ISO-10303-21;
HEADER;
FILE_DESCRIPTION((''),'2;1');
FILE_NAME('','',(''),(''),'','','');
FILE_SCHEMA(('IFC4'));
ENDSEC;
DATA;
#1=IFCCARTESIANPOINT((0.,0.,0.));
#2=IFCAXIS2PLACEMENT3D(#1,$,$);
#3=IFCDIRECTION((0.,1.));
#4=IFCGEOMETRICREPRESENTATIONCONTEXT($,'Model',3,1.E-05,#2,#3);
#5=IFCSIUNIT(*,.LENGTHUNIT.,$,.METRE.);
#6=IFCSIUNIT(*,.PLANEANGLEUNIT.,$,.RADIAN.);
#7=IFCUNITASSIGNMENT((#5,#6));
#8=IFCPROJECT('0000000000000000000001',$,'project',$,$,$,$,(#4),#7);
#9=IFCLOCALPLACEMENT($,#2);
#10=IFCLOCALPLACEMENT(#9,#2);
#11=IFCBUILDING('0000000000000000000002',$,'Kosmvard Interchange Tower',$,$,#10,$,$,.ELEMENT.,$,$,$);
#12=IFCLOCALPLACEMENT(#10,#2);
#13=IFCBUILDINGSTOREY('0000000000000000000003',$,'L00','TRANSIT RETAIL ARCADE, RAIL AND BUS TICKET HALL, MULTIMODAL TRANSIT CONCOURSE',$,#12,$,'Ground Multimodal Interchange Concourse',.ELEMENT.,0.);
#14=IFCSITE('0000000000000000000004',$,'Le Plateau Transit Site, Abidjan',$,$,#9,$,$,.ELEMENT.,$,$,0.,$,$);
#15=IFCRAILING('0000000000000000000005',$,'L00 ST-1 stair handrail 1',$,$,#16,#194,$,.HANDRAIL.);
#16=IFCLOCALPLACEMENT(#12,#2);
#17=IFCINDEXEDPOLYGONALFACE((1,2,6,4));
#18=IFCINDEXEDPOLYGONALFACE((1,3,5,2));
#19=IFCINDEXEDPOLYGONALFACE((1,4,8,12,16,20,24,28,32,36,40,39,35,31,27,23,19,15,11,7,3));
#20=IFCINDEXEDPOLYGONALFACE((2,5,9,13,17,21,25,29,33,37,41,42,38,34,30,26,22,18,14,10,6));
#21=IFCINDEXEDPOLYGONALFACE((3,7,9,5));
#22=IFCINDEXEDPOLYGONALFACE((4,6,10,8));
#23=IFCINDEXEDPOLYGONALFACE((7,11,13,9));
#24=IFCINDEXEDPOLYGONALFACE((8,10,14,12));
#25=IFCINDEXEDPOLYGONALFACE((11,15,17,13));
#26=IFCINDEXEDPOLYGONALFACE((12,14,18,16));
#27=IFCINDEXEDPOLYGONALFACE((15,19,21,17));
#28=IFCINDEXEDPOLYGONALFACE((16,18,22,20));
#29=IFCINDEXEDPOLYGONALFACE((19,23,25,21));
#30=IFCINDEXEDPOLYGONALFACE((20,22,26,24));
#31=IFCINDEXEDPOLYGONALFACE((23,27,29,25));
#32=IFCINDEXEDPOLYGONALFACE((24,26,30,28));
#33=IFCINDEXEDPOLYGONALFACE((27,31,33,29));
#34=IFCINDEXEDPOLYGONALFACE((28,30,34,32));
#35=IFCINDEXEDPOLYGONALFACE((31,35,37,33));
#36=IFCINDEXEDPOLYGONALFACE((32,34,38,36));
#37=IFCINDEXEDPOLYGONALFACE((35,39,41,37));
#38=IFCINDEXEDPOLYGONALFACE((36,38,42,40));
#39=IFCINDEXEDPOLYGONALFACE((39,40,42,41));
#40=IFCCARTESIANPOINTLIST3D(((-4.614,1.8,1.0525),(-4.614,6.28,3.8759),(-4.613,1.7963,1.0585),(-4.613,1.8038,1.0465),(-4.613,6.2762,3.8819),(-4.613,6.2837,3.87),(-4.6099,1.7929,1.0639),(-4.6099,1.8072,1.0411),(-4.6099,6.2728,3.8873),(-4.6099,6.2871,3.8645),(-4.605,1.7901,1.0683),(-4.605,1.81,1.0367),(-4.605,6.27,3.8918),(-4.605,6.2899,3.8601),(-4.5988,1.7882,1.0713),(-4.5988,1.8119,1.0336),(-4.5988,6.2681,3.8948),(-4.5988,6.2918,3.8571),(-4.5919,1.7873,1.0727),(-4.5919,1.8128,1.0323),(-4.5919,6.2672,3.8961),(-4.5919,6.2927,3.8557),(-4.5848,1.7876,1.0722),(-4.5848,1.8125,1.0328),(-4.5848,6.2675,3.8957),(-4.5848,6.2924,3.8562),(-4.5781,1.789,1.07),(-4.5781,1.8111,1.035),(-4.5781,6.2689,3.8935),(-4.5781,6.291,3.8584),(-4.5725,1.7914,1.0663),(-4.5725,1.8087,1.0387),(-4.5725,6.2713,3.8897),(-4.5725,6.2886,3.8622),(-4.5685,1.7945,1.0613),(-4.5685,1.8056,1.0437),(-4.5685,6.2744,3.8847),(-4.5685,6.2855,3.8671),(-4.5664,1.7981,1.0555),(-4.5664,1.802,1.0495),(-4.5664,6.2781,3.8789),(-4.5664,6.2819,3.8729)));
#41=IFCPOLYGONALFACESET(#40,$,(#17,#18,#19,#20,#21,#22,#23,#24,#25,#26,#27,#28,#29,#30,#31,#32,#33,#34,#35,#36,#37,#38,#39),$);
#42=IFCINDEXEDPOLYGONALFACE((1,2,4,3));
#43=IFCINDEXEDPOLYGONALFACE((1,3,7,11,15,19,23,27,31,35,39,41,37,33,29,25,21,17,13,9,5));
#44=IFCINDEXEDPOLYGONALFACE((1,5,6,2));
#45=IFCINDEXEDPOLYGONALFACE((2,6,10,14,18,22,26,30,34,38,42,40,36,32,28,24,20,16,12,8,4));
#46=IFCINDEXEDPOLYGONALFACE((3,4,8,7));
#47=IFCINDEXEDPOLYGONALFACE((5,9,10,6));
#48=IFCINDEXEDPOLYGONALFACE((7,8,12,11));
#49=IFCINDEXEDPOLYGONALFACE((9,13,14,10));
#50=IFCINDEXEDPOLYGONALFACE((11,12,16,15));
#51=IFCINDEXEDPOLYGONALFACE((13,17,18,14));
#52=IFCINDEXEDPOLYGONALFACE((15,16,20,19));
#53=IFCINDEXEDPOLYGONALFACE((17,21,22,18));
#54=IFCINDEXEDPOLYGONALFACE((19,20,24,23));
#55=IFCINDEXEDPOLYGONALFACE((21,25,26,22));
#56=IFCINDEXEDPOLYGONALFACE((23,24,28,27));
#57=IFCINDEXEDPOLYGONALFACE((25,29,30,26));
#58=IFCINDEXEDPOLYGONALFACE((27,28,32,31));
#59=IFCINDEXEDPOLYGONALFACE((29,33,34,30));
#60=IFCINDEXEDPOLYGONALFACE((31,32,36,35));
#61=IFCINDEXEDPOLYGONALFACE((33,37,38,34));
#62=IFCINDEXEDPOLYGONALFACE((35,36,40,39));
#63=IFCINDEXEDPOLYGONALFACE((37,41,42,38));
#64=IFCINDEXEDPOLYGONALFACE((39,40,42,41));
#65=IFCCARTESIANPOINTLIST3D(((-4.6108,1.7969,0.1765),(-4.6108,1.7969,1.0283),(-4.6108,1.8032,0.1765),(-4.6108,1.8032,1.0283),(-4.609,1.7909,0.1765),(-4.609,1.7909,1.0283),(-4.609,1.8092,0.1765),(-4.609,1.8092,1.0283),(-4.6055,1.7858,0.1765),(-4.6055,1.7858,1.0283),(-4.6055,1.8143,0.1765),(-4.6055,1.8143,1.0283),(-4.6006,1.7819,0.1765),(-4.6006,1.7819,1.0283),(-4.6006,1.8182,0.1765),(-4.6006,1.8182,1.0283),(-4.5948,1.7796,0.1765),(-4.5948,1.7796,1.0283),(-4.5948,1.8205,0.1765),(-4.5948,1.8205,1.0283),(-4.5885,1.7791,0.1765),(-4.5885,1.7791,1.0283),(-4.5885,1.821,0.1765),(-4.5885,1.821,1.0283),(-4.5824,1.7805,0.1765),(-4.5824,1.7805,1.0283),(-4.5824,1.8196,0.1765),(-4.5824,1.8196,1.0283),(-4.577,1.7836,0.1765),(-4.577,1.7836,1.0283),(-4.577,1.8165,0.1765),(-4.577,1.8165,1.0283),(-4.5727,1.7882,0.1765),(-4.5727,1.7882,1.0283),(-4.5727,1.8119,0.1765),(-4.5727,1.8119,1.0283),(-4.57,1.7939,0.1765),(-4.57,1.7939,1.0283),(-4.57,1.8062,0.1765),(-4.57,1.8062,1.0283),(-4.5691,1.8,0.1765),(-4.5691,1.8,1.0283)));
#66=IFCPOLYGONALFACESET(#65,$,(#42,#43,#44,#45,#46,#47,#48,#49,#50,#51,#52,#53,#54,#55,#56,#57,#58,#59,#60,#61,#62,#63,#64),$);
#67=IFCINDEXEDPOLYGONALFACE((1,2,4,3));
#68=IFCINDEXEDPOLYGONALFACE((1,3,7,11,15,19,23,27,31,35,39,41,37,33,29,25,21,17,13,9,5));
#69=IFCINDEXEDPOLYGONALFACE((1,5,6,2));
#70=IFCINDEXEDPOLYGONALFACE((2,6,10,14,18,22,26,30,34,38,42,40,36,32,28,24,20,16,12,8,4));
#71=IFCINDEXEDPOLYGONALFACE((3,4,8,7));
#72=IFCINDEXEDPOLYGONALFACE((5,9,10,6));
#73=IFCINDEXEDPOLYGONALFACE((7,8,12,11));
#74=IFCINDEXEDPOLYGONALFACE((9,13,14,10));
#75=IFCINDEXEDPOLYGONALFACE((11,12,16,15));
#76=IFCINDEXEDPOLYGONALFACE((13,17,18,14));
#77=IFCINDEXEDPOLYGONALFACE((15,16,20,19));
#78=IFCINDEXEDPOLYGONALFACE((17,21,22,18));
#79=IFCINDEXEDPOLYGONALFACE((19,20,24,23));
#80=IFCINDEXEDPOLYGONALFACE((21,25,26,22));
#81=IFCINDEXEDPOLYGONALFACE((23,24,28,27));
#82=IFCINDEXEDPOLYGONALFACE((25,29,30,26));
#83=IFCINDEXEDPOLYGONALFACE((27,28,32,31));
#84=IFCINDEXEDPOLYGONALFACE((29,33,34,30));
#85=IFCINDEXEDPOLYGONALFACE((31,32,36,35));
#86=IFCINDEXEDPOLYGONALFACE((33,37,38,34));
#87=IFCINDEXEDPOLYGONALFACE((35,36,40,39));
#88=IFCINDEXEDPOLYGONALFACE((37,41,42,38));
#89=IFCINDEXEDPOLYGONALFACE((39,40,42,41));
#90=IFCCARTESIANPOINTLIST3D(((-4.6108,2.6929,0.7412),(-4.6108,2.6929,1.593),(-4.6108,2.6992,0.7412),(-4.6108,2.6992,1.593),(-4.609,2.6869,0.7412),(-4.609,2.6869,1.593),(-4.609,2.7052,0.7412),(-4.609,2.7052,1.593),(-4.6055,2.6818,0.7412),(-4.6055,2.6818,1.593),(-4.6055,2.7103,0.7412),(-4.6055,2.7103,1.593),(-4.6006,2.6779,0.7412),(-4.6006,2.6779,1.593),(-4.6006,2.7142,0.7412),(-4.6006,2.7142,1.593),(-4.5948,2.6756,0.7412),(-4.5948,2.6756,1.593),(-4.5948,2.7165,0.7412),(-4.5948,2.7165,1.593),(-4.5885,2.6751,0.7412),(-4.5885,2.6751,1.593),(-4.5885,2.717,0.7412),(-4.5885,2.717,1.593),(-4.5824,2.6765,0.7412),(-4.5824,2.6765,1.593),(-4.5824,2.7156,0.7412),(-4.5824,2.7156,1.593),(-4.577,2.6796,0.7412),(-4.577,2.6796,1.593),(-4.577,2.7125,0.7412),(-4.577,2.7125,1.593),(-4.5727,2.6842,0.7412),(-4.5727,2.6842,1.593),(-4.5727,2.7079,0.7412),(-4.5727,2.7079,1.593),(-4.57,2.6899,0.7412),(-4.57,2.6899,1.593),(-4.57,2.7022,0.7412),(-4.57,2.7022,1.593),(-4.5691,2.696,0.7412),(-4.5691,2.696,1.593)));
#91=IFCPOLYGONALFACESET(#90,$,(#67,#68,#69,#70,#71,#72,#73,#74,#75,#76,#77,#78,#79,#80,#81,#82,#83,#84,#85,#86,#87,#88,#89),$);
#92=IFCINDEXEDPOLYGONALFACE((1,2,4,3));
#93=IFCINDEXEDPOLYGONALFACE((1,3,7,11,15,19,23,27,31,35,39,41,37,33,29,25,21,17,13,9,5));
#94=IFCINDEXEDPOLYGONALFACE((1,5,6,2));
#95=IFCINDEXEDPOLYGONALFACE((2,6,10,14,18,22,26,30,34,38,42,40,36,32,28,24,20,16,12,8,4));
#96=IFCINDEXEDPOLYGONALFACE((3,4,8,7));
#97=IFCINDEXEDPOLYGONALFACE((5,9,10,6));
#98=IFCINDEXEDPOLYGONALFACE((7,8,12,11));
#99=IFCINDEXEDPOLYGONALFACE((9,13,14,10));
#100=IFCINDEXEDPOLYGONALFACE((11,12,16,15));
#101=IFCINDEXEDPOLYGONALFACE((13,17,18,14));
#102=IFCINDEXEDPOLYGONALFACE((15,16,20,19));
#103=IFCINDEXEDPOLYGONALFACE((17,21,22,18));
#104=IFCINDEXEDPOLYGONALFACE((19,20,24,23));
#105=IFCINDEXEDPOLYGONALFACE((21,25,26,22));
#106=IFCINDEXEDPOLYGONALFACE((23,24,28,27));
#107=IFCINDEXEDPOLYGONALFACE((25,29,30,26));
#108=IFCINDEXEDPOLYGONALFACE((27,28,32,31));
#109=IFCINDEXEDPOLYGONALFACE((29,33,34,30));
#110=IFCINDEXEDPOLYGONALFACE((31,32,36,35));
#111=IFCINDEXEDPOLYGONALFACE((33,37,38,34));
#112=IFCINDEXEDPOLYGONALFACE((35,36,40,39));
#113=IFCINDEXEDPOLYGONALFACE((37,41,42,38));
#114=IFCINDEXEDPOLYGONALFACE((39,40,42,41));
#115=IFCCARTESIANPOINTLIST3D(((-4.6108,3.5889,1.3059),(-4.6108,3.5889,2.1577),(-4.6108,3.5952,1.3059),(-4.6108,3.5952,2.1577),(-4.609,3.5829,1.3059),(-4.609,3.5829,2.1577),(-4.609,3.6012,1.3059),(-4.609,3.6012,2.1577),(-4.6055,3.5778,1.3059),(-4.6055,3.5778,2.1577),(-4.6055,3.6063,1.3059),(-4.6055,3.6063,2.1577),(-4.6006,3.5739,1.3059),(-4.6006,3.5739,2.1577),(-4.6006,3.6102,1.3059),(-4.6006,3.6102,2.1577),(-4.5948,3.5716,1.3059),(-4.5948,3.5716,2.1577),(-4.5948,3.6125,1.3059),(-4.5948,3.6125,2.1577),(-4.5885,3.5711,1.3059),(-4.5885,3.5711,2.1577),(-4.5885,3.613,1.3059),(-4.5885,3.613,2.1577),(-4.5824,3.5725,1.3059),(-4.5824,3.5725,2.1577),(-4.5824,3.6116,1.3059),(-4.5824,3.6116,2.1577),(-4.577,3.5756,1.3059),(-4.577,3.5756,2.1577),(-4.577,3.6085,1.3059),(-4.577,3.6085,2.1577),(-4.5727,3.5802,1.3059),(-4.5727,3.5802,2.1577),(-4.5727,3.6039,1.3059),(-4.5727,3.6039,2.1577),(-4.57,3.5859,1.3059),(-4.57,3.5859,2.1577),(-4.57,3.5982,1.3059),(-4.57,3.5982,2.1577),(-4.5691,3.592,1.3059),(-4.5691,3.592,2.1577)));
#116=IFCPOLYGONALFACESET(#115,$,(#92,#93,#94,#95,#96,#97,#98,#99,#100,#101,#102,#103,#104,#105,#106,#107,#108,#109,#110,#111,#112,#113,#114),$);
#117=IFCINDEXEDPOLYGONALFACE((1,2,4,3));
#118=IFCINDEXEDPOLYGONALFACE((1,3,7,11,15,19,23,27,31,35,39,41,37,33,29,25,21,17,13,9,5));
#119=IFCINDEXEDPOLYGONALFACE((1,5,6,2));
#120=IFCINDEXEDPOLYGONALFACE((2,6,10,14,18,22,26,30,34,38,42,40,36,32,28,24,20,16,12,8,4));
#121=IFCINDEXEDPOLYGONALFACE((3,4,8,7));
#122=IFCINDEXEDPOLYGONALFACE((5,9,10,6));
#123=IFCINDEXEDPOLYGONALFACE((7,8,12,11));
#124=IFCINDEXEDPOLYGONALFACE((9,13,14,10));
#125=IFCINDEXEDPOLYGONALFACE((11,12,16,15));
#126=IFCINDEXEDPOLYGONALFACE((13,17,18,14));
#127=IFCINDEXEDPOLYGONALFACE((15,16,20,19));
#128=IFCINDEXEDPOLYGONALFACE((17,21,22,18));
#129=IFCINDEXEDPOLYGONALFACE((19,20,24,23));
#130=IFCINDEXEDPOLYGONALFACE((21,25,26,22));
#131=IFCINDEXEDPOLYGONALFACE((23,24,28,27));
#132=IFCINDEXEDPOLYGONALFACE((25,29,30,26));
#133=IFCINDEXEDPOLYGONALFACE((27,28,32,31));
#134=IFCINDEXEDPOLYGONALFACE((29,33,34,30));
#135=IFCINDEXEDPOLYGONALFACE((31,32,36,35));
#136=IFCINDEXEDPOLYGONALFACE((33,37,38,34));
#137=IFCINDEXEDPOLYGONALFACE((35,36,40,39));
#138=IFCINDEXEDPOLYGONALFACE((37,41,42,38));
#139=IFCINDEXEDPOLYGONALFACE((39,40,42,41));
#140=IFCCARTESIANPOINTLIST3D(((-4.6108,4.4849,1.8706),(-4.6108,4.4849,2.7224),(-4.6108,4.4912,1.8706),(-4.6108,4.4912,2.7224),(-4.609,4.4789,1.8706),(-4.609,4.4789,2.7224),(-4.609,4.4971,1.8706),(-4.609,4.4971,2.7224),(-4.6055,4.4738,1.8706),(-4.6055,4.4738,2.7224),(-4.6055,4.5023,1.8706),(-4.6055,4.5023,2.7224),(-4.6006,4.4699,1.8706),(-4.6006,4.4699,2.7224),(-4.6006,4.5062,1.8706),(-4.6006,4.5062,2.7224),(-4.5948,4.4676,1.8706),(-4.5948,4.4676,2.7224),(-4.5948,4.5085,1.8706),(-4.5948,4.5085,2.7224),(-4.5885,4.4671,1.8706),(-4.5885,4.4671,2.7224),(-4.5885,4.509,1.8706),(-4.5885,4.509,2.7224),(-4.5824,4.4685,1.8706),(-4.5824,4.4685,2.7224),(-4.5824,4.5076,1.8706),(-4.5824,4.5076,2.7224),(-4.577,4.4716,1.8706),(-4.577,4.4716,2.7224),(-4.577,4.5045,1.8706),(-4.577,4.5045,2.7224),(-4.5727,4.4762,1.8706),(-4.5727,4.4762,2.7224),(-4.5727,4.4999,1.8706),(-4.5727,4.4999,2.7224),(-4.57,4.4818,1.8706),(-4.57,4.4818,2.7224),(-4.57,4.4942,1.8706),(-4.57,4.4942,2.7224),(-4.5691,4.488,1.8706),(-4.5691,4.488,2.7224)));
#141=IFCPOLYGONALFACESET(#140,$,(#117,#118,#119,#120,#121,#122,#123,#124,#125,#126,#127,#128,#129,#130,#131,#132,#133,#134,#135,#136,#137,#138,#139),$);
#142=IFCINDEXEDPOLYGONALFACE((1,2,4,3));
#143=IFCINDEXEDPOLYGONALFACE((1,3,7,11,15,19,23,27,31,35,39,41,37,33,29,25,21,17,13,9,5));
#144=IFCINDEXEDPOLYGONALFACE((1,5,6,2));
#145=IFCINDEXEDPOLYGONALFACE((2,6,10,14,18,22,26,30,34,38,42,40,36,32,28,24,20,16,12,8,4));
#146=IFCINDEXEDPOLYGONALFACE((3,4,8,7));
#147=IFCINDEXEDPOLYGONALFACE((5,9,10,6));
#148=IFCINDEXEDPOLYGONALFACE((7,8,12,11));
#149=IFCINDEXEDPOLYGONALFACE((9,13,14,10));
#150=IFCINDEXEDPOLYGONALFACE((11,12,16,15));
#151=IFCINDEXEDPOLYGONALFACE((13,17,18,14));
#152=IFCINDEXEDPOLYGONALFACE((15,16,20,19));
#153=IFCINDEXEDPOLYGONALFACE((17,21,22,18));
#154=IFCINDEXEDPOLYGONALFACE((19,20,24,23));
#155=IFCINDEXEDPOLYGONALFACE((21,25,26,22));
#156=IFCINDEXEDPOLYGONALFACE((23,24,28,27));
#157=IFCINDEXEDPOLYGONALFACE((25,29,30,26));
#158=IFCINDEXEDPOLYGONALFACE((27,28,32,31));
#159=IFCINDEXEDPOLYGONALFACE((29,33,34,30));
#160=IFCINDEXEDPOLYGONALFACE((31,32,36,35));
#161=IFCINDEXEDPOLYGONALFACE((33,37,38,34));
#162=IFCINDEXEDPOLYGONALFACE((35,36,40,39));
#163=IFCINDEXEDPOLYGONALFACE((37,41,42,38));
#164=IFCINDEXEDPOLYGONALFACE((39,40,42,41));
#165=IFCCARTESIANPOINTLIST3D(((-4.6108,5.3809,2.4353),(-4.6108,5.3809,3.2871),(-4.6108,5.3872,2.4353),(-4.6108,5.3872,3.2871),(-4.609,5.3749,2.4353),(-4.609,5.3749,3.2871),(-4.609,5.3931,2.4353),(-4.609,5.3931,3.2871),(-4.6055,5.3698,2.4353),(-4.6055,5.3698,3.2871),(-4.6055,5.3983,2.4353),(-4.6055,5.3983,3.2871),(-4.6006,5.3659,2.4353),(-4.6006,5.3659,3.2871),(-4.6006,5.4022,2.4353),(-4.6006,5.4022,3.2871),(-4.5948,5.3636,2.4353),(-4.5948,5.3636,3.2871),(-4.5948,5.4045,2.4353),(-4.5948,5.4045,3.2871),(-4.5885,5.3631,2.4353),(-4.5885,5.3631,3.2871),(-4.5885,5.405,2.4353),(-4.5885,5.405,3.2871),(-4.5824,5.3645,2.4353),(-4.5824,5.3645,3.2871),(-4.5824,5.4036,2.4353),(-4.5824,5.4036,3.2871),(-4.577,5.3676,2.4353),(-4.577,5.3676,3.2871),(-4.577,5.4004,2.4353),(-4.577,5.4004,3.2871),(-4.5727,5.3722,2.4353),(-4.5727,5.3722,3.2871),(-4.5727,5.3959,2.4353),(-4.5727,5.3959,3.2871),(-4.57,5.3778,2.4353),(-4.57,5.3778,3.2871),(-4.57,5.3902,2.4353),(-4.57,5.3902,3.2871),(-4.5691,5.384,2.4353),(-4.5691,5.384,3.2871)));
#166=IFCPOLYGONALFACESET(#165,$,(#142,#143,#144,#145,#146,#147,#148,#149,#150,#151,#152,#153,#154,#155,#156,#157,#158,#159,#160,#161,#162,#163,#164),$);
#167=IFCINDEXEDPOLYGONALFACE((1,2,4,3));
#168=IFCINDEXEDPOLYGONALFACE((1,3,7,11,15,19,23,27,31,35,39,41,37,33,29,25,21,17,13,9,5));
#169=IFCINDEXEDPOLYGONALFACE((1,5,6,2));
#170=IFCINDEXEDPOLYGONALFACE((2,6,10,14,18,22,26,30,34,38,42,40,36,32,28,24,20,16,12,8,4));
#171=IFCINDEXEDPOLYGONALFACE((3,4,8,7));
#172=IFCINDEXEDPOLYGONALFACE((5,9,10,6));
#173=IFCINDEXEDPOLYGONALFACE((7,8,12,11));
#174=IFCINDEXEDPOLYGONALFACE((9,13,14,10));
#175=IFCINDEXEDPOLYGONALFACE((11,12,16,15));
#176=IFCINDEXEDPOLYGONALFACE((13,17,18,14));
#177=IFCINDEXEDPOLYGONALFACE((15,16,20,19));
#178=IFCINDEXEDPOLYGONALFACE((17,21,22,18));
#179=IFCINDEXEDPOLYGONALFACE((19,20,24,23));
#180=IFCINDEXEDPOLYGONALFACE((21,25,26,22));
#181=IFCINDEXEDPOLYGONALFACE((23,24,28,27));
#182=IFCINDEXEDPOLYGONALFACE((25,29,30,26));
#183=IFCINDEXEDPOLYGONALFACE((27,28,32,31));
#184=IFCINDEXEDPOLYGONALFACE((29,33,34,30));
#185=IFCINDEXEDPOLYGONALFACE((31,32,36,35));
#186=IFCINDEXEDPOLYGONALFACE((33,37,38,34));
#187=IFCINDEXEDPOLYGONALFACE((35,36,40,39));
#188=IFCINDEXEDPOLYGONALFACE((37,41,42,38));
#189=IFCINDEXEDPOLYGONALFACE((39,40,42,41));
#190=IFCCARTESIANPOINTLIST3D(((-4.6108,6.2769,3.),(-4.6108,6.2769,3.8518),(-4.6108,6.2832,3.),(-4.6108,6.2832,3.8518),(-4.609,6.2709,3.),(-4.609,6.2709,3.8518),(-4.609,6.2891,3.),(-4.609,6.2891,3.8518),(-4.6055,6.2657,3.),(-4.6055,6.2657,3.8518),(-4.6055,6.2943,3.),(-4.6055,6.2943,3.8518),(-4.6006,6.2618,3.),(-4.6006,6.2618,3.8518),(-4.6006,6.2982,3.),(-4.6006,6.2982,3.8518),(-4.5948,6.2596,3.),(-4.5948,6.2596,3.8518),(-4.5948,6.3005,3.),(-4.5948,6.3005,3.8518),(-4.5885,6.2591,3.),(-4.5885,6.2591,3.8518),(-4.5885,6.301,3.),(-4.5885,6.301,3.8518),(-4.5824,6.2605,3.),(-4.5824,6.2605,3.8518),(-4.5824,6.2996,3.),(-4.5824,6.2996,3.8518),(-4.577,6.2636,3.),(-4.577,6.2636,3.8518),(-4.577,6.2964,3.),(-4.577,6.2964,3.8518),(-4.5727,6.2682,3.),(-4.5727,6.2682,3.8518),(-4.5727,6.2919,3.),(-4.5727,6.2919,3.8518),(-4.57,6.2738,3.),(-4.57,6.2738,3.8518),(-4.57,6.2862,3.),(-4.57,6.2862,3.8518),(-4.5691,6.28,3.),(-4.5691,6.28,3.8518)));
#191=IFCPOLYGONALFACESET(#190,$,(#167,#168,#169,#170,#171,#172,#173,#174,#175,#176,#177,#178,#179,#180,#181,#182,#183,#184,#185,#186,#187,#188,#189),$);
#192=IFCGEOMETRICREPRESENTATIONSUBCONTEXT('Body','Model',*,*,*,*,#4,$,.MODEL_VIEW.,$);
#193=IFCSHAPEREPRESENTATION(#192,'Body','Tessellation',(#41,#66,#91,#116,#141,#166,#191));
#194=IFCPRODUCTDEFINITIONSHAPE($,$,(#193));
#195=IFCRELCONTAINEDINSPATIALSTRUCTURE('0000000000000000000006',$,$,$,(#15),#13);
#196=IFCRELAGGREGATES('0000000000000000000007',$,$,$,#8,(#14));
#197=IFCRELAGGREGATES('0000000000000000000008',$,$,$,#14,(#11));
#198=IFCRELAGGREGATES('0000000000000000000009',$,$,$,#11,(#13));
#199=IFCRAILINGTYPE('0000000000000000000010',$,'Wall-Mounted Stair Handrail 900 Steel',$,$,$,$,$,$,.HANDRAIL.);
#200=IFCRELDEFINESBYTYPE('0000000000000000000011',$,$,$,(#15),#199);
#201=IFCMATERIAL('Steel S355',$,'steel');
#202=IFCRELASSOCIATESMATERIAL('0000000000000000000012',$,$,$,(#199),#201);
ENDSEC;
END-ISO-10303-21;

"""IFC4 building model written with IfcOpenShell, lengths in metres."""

from ifc_helpers import new_model, si_unit, direction, frame, origin, origin_2d, place, context, subcontext, project, spatial, circle, extrude, source, transform, mapped, material, type_object, element, save


model = new_model("IFC4")

# Units and contexts
model_context = context("Model", 3, precision=1e-05, world=origin(), true_north=direction((0.0, 1.0)))
body_context = subcontext(model_context, "Body", "Model", "MODEL_VIEW")
ifc_project = project(units=[si_unit("LENGTHUNIT", "METRE"), si_unit("PLANEANGLEUNIT", "RADIAN")], contexts=[model_context])

# Site, building, storey
site_placement = place(None, origin())
site = spatial("IfcSite", under=ifc_project, at=site_placement, Name="Le Plateau Transit Site, Abidjan", CompositionType="ELEMENT", RefElevation=0.0)
building_placement = place(site_placement, origin())
building = spatial("IfcBuilding", under=site, at=building_placement, Name="Kosmvard Interchange Tower", CompositionType="ELEMENT")
storey_placement = place(building_placement, origin())
storey = spatial("IfcBuildingStorey", under=building, at=storey_placement, Name="L00", Description="TRANSIT RETAIL ARCADE, RAIL AND BUS TICKET HALL, MULTIMODAL TRANSIT CONCOURSE", LongName="Ground Multimodal Interchange Concourse", CompositionType="ELEMENT", Elevation=0.0)

# Railing
ifc_material_1 = material(Name="Steel S355", Category="steel")
railing_type_1 = type_object("IfcRailingType", Name="Wall-Mounted Stair Handrail 900 Steel", PredefinedType="HANDRAIL", material=ifc_material_1)
shared_shape_1 = source(origin(), body_context, "Body", "SweptSolid", [
    extrude(circle(Radius=0.0239, at=origin_2d()), frame((0.0, 0.0, 0.876), z_axis=(0.0, 0.845998, 0.533186), x_axis=(-1.0, 0.0, 0.0)), (0.0, 0.0, 1.0), 5.2954),
    extrude(circle(Radius=0.021, at=origin_2d()), origin(), (0.0, 0.0, 1.0), 0.8518),
    extrude(circle(Radius=0.021, at=origin_2d()), frame((0.0, 0.896, 0.5647)), (0.0, 0.0, 1.0), 0.8518),
    extrude(circle(Radius=0.021, at=origin_2d()), frame((0.0, 1.792, 1.1294)), (0.0, 0.0, 1.0), 0.8518),
    extrude(circle(Radius=0.021, at=origin_2d()), frame((0.0, 2.688, 1.6941)), (0.0, 0.0, 1.0), 0.8518),
    extrude(circle(Radius=0.021, at=origin_2d()), frame((0.0, 3.584, 2.2588)), (0.0, 0.0, 1.0), 0.8518),
    extrude(circle(Radius=0.021, at=origin_2d()), frame((0.0, 4.48, 2.8235)), (0.0, 0.0, 1.0), 0.8518),
])
railing_1_placement = place(storey_placement, frame((-4.5901, 1.8, 0.1765)))
element("IfcRailing", 1, at=railing_1_placement, inside=storey, type_object=railing_type_1, Name="L00 ST-1 stair handrail 1", PredefinedType="HANDRAIL", context=body_context, shape_type="MappedRepresentation", body=[
    mapped(shared_shape_1, transform((0.0, 0.0, 0.0), scale=1.0)),
])

save(model, "model.ifc")
